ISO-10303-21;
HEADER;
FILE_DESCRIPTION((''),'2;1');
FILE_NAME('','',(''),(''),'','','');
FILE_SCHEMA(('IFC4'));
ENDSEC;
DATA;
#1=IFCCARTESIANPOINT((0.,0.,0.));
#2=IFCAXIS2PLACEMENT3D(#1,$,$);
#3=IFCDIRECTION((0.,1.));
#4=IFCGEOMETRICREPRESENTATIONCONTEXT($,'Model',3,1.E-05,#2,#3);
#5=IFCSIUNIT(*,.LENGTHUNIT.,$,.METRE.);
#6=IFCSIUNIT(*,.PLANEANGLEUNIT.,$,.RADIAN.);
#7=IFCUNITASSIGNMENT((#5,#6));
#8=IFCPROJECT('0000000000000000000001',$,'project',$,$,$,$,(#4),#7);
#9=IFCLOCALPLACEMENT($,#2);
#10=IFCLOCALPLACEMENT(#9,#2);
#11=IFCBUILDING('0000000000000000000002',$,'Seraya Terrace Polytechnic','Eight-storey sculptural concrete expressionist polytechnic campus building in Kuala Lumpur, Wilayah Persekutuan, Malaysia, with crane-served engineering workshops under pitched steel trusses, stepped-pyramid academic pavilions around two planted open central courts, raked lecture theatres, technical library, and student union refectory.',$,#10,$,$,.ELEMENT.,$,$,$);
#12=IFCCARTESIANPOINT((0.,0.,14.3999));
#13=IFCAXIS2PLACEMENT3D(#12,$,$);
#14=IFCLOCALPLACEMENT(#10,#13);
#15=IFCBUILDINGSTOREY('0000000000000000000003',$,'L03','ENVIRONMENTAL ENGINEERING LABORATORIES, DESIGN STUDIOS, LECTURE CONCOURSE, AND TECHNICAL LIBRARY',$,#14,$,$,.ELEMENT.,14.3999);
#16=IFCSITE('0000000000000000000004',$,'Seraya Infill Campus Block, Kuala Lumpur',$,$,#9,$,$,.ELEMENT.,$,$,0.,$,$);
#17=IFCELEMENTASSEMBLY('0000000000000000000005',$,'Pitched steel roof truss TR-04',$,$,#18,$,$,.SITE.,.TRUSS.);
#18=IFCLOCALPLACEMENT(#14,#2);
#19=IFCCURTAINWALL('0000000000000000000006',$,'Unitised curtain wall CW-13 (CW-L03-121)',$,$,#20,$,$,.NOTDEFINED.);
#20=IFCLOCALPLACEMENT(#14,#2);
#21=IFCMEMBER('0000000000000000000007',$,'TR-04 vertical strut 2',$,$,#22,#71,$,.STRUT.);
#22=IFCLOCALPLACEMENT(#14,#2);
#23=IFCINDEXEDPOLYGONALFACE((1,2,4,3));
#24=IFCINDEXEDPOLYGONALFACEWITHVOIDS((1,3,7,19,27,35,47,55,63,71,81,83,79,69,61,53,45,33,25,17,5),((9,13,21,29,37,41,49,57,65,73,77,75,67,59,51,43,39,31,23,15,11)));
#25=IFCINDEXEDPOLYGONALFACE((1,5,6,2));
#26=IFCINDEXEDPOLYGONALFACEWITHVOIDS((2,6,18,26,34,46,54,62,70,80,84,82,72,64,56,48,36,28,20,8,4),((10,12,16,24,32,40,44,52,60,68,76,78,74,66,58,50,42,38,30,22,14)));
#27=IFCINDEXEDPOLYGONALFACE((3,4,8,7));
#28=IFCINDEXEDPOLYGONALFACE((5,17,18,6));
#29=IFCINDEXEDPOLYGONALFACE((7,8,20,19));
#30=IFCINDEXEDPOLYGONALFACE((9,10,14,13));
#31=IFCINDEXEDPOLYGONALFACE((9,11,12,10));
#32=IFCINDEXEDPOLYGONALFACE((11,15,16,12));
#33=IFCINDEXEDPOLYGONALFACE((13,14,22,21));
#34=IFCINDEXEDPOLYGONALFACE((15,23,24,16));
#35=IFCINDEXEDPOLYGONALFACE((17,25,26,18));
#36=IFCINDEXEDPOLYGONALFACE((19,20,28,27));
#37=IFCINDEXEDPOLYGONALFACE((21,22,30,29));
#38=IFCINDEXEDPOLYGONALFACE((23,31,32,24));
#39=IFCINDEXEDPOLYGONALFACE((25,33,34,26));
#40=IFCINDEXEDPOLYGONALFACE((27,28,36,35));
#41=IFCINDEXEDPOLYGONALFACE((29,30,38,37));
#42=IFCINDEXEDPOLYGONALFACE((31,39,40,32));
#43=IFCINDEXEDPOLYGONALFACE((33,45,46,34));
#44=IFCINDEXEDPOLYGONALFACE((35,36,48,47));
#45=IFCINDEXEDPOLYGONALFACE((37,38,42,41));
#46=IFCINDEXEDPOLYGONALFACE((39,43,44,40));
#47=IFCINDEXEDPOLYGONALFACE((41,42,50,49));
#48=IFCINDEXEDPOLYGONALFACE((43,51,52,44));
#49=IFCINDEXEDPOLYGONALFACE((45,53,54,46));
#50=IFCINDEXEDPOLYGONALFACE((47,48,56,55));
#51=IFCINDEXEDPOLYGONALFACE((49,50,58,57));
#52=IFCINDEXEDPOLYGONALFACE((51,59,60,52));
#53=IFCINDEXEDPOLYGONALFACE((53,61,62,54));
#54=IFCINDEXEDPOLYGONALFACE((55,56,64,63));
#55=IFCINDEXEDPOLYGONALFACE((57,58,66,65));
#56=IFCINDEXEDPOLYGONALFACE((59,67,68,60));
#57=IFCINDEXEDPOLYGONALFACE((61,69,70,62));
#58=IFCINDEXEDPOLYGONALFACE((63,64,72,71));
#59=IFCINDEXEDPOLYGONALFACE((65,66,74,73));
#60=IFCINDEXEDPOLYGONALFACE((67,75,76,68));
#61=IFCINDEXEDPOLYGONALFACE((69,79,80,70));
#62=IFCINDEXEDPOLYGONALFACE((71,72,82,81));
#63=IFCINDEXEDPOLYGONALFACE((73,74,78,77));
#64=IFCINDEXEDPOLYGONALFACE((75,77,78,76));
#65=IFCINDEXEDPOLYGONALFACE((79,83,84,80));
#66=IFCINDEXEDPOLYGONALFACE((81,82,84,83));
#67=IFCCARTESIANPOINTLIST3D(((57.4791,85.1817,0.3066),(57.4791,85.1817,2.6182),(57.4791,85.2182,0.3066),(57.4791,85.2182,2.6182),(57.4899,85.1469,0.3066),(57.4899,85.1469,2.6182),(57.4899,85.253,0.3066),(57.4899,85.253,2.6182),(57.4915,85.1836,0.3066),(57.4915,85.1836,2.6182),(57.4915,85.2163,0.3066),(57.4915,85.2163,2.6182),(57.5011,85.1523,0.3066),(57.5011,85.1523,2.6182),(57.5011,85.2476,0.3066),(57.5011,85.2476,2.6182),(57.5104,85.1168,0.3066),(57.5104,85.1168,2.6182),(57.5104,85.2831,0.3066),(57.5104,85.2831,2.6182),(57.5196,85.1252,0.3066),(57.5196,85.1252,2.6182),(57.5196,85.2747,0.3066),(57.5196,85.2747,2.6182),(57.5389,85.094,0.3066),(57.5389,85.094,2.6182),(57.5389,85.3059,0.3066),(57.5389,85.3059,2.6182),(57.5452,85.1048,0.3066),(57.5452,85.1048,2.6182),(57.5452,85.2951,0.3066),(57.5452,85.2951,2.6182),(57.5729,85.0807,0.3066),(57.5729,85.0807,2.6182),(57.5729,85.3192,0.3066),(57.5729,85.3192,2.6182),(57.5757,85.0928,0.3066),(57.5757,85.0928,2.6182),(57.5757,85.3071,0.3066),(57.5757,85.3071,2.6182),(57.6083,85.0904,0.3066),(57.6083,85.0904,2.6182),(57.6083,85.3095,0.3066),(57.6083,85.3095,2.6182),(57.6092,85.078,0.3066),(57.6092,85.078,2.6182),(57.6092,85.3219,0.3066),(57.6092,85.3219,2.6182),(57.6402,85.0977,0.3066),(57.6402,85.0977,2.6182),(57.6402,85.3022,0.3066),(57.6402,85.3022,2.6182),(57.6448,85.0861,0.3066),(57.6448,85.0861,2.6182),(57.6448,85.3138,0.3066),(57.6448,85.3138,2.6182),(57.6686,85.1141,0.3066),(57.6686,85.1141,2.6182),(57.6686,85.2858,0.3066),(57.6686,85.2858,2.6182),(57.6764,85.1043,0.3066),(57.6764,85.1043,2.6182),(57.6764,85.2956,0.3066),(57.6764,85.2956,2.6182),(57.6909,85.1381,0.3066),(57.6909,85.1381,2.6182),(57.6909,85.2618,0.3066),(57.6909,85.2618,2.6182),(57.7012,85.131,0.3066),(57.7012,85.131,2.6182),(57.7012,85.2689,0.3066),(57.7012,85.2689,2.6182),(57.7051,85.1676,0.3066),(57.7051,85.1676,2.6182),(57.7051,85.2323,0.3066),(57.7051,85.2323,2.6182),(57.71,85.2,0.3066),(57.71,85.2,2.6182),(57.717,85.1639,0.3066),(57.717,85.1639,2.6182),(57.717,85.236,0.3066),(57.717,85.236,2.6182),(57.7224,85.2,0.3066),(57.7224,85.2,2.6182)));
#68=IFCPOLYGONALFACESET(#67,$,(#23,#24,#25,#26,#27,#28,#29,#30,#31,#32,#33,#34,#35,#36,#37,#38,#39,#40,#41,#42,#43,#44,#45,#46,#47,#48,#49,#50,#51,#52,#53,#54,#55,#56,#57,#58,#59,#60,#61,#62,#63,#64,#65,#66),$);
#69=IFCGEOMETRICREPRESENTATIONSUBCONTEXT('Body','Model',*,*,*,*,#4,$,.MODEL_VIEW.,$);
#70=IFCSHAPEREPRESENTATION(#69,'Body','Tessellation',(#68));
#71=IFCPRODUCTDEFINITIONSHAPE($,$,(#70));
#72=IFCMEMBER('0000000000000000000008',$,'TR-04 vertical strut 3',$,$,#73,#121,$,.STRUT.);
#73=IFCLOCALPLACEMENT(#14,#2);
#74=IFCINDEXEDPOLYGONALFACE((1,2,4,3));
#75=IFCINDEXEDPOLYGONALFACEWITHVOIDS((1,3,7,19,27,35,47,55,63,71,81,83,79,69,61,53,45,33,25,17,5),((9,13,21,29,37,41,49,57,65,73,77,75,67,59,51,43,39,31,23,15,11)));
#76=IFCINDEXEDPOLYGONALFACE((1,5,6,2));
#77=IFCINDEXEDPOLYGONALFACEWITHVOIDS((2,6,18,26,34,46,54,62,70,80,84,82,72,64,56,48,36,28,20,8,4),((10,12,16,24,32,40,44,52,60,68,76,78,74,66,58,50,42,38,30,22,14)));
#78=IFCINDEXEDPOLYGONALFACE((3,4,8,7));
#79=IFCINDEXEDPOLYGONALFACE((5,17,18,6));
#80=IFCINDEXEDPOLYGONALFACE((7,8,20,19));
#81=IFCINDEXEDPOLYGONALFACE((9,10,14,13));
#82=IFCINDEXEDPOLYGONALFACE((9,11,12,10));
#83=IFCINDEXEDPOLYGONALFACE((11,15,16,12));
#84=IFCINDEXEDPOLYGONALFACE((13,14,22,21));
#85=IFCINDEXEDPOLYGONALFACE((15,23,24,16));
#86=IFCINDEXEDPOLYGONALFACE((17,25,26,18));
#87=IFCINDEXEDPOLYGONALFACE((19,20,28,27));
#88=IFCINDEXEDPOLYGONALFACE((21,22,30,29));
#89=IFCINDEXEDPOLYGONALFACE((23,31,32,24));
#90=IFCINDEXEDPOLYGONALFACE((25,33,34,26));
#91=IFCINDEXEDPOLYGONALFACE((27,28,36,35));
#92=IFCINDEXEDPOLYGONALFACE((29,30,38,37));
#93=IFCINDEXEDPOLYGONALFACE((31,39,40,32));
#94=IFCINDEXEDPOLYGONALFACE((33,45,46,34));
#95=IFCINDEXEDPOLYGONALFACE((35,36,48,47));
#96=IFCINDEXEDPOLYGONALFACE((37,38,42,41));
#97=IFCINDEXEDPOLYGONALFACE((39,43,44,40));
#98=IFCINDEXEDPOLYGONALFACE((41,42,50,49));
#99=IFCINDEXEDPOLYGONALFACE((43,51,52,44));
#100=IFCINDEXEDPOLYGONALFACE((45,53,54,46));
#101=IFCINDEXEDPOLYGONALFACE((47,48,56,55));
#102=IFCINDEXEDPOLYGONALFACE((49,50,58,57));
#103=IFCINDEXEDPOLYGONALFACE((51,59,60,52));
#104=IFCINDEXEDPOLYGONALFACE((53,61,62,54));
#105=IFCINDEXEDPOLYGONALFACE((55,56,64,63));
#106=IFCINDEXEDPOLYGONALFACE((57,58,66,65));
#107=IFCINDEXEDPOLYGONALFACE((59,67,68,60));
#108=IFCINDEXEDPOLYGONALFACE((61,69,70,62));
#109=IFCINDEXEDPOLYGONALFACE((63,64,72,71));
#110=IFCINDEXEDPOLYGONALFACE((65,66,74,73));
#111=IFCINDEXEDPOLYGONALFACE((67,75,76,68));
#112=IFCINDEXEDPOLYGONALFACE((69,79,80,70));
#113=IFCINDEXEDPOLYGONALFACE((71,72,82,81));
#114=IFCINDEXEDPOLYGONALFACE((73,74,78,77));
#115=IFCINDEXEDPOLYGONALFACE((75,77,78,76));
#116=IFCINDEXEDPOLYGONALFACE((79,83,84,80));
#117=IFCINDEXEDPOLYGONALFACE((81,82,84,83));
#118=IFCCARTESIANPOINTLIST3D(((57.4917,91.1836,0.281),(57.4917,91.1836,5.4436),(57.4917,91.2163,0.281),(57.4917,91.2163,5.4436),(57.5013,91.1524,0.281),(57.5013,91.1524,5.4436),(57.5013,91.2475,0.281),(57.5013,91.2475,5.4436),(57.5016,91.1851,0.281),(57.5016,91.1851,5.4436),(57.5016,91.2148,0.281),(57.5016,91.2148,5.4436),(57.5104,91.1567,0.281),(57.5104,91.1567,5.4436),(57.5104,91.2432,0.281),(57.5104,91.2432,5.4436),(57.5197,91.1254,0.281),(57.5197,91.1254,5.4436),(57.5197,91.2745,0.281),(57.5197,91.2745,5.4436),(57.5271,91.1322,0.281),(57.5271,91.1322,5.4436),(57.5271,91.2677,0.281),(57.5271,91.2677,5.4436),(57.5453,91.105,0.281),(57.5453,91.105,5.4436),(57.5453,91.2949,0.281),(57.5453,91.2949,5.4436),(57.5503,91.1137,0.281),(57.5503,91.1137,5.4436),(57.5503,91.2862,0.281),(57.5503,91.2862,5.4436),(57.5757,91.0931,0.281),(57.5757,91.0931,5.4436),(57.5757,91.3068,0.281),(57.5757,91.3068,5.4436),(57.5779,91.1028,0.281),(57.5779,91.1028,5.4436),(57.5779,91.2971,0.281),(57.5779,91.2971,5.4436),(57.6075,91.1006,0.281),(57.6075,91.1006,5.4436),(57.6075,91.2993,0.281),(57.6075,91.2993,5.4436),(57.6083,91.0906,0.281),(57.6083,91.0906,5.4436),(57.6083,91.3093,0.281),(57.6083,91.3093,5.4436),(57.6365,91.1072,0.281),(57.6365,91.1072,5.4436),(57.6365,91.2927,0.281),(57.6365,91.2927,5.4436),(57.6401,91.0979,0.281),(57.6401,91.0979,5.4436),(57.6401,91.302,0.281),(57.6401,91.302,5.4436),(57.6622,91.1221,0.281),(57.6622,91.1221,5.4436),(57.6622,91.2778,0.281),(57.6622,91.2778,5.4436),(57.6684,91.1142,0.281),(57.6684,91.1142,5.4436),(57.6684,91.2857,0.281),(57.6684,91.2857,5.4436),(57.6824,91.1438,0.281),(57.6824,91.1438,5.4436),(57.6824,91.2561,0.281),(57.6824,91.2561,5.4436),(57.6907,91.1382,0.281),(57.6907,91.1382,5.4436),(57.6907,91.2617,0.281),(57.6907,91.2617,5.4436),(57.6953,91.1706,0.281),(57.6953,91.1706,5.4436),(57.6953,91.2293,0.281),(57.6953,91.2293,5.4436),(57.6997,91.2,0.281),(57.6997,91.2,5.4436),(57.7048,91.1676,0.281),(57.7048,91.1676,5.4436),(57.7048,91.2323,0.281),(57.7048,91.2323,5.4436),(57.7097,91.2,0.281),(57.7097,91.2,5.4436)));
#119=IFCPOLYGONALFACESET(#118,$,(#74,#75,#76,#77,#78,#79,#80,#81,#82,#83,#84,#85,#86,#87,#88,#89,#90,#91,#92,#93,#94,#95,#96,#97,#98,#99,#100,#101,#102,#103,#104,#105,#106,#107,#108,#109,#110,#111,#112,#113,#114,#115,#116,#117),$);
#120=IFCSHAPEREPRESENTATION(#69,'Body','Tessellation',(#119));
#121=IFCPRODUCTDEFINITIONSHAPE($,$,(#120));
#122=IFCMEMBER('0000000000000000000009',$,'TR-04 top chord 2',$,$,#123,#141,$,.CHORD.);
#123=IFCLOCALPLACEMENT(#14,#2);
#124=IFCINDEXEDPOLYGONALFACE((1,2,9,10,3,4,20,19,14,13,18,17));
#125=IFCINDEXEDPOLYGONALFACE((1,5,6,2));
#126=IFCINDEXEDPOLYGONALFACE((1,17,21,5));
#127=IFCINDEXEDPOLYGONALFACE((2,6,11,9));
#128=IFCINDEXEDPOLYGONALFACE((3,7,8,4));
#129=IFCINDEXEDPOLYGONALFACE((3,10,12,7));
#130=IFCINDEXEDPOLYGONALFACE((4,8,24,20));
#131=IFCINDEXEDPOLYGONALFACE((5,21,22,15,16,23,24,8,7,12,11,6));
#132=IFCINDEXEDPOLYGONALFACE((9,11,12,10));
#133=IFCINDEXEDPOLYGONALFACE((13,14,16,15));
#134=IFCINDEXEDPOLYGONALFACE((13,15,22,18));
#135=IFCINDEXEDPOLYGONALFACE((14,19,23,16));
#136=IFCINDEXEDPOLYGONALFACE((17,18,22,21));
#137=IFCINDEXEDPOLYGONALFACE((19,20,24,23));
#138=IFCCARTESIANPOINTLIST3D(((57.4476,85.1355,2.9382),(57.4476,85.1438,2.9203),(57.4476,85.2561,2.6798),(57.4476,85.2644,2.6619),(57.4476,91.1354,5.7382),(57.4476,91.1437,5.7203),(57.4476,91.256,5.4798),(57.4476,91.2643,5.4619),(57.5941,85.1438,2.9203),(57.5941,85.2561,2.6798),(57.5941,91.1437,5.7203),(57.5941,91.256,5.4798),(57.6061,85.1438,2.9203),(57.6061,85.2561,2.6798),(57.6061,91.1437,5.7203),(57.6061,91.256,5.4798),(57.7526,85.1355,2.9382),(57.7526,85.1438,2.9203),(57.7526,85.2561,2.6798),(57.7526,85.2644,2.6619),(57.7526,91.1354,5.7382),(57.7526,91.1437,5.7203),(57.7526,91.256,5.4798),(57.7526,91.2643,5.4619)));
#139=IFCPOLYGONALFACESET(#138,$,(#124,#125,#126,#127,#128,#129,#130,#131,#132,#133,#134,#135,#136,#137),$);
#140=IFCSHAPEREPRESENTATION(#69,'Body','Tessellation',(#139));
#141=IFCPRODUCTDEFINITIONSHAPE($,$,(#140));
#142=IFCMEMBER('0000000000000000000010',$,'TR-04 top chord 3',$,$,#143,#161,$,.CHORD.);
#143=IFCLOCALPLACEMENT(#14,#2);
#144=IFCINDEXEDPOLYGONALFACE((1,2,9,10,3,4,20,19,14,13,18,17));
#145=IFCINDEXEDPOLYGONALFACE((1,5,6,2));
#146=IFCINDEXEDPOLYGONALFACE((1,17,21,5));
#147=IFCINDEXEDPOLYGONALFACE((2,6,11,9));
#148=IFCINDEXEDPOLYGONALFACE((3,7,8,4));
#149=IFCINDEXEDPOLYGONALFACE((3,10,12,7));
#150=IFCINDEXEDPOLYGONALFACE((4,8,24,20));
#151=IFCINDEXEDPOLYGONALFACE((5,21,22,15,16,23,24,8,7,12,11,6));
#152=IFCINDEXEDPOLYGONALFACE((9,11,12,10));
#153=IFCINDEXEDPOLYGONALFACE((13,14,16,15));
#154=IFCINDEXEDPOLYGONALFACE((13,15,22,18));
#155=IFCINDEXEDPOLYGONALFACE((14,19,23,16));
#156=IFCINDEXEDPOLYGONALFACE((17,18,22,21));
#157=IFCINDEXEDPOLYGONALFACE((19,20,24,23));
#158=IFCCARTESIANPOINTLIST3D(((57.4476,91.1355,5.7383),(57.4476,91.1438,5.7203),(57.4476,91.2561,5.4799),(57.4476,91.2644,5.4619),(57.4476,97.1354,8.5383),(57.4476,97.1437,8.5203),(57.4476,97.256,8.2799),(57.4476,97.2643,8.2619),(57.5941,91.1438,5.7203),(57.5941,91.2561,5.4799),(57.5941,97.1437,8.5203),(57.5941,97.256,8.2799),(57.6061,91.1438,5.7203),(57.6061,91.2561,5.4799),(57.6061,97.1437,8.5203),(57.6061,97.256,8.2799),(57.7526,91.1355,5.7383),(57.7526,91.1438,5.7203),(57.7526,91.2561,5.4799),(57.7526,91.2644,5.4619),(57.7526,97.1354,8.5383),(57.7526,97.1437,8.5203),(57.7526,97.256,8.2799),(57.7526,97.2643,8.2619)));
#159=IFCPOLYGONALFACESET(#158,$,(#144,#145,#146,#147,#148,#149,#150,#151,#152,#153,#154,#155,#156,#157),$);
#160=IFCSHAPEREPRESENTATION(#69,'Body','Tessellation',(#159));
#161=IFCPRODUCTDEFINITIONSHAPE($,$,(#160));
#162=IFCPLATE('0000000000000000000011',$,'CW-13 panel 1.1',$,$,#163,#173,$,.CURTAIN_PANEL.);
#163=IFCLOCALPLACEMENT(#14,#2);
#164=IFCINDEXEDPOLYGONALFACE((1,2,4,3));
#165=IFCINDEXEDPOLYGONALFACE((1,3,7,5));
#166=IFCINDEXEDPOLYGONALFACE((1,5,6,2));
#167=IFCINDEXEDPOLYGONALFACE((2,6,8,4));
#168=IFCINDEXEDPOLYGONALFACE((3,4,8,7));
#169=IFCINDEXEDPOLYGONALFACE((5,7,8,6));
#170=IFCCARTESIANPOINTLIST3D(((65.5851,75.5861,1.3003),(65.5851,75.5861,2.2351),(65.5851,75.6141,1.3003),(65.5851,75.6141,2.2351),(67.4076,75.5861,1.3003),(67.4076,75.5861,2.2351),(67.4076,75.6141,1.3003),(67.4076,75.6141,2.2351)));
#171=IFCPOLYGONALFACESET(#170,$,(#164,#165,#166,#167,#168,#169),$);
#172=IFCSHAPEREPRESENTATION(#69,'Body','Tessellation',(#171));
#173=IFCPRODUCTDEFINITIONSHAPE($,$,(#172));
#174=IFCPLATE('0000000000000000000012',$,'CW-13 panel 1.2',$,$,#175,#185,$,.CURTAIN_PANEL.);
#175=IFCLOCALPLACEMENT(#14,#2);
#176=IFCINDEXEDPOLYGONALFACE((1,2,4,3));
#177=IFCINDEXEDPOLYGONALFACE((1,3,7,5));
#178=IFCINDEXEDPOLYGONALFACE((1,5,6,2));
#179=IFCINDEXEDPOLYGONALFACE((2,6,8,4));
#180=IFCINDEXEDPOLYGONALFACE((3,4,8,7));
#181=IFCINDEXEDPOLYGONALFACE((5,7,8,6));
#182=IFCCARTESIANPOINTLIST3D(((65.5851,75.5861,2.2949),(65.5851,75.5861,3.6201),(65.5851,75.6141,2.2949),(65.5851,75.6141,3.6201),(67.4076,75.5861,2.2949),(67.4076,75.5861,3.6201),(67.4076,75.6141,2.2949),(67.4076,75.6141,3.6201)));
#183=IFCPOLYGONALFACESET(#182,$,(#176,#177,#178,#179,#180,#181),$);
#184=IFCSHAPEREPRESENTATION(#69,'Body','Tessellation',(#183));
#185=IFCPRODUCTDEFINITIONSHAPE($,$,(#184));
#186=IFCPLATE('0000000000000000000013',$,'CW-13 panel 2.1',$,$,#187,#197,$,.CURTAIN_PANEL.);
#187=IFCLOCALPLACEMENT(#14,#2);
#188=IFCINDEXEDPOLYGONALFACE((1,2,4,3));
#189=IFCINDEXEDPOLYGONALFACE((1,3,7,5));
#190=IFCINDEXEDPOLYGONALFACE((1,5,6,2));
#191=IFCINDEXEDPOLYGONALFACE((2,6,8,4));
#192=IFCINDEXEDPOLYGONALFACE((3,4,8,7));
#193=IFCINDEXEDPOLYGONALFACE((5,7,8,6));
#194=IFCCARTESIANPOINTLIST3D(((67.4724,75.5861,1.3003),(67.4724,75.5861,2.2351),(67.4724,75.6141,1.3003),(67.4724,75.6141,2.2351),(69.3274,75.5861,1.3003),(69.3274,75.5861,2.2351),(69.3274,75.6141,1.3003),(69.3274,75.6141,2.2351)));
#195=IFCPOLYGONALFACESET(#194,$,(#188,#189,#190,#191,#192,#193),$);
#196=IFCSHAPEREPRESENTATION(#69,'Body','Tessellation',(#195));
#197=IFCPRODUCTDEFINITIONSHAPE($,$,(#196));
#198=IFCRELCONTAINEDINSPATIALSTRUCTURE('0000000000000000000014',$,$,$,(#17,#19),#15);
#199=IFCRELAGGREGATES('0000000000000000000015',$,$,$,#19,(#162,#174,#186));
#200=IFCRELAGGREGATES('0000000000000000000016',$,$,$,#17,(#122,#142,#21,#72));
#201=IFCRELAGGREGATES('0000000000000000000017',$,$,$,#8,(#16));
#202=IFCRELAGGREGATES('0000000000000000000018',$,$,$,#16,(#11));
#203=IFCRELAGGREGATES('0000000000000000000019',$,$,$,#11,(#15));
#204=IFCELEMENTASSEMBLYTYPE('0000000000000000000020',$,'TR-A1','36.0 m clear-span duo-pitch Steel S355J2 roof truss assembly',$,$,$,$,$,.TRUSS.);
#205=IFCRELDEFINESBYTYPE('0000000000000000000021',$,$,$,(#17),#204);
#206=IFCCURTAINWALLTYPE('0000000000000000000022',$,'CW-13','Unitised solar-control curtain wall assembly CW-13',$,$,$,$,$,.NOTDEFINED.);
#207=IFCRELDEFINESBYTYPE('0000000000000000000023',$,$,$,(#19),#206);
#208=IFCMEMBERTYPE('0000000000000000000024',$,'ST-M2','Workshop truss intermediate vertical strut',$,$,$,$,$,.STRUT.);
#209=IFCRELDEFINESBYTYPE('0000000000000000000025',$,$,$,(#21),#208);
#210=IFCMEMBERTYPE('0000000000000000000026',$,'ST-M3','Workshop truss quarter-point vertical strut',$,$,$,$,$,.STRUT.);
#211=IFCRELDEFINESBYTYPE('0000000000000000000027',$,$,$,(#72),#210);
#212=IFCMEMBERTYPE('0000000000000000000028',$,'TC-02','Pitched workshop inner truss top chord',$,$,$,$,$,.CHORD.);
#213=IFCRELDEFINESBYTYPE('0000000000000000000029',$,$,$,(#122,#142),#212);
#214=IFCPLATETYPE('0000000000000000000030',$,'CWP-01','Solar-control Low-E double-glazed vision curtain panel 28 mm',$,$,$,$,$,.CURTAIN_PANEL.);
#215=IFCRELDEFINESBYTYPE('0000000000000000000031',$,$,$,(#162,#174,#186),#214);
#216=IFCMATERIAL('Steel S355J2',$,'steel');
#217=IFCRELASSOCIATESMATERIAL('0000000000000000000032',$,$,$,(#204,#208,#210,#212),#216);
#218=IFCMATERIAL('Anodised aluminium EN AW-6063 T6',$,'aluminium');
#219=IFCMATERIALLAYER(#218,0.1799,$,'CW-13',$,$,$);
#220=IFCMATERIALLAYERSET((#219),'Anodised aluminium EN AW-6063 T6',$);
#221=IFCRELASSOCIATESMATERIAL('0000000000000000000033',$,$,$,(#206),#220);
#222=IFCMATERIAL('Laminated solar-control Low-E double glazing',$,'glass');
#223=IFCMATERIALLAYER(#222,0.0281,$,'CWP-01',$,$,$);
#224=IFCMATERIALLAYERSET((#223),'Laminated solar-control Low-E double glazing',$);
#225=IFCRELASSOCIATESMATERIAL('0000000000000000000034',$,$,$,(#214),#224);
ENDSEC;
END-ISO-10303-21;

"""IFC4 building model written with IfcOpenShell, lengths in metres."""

from ifc_helpers import new_model, si_unit, direction, frame, origin, origin_2d, place, context, subcontext, project, spatial, rectangle, hollow_circle, i_section, extrude, material, layer, layer_set, material_profile, profile_set, type_object, element, aggregate, save


model = new_model("IFC4")

# Units and contexts
model_context = context("Model", 3, precision=1e-05, world=origin(), true_north=direction((0.0, 1.0)))
body_context = subcontext(model_context, "Body", "Model", "MODEL_VIEW")
ifc_project = project(units=[si_unit("LENGTHUNIT", "METRE"), si_unit("PLANEANGLEUNIT", "RADIAN")], contexts=[model_context])

# Site, building, storey
site_placement = place(None, origin())
site = spatial("IfcSite", under=ifc_project, at=site_placement, Name="Seraya Infill Campus Block, Kuala Lumpur", CompositionType="ELEMENT", RefElevation=0.0)
building_placement = place(site_placement, origin())
building = spatial("IfcBuilding", under=site, at=building_placement, Name="Seraya Terrace Polytechnic", Description="Eight-storey sculptural concrete expressionist polytechnic campus building in Kuala Lumpur, Wilayah Persekutuan, Malaysia, with crane-served engineering workshops under pitched steel trusses, stepped-pyramid academic pavilions around two planted open central courts, raked lecture theatres, technical library, and student union refectory.", CompositionType="ELEMENT")
storey_placement = place(building_placement, frame((0.0, 0.0, 14.3999)))
storey = spatial("IfcBuildingStorey", under=building, at=storey_placement, Name="L03", Description="ENVIRONMENTAL ENGINEERING LABORATORIES, DESIGN STUDIOS, LECTURE CONCOURSE, AND TECHNICAL LIBRARY", CompositionType="ELEMENT", Elevation=14.3999)

# Element assembly
ifc_material_1 = material(Name="Steel S355J2", Category="steel")
element_assembly_type = type_object("IfcElementAssemblyType", Name="TR-A1", Description="36.0 m clear-span duo-pitch Steel S355J2 roof truss assembly", PredefinedType="TRUSS", material=ifc_material_1)
assembly_placement = place(storey_placement, origin())
assembly = element("IfcElementAssembly", 1, at=assembly_placement, inside=storey, type_object=element_assembly_type, Name="Pitched steel roof truss TR-04", AssemblyPlace="SITE", PredefinedType="TRUSS")

# Curtain wall
ifc_material_2 = material(Name="Anodised aluminium EN AW-6063 T6", Category="aluminium")
ifc_layer_1 = layer(ifc_material_2, 0.1799, Name="CW-13")
ifc_layer_set_1 = layer_set([ifc_layer_1], Name="Anodised aluminium EN AW-6063 T6")
curtain_wall_type = type_object("IfcCurtainWallType", Name="CW-13", Description="Unitised solar-control curtain wall assembly CW-13", PredefinedType="NOTDEFINED", material=ifc_layer_set_1)
curtain_wall_placement = place(storey_placement, origin())
curtain_wall = element("IfcCurtainWall", 2, at=curtain_wall_placement, inside=storey, type_object=curtain_wall_type, Name="Unitised curtain wall CW-13 (CW-L03-121)", PredefinedType="NOTDEFINED")

# Members
ifc_material_profile_1 = material_profile(ifc_material_1, hollow_circle(Radius=0.1223, WallThickness=0.0125, at=origin_2d()), Name="CHS 244.5x12.5")
ifc_profile_set_1 = profile_set([ifc_material_profile_1], Name="Steel S355J2")
member_type_1 = type_object("IfcMemberType", Name="ST-M2", Description="Workshop truss intermediate vertical strut", PredefinedType="STRUT", material=ifc_profile_set_1)
member_1_placement = place(storey_placement, frame((57.6001, 85.2, 0.3066), z_axis=(0.0, 0.0, 1.0), x_axis=(1.0, 0.0, 0.0)))
member_1 = element("IfcMember", 3, at=member_1_placement, type_object=member_type_1, Name="TR-04 vertical strut 2", PredefinedType="STRUT", context=body_context, shape_type="SweptSolid", body=[
    extrude(hollow_circle(Radius=0.1223, WallThickness=0.0125, at=origin_2d()), origin(), (0.0, 0.0, 1.0), 2.3115),
])
ifc_material_profile_2 = material_profile(ifc_material_1, hollow_circle(Radius=0.1096, WallThickness=0.01, at=origin_2d()), Name="CHS 219.1x10.0")
ifc_profile_set_2 = profile_set([ifc_material_profile_2], Name="Steel S355J2")
member_type_2 = type_object("IfcMemberType", Name="ST-M3", Description="Workshop truss quarter-point vertical strut", PredefinedType="STRUT", material=ifc_profile_set_2)
member_2_placement = place(storey_placement, frame((57.6001, 91.2, 0.281), z_axis=(0.0, 0.0, 1.0), x_axis=(1.0, 0.0, 0.0)))
member_2 = element("IfcMember", 4, at=member_2_placement, type_object=member_type_2, Name="TR-04 vertical strut 3", PredefinedType="STRUT", context=body_context, shape_type="SweptSolid", body=[
    extrude(hollow_circle(Radius=0.1096, WallThickness=0.01, at=origin_2d()), origin(), (0.0, 0.0, 1.0), 5.1626),
])
ifc_material_profile_3 = material_profile(ifc_material_1, i_section(OverallWidth=0.3049, OverallDepth=0.3049, WebThickness=0.012, FlangeThickness=0.0198, at=origin_2d()), Name="UKC 305x305x12.0x19.7")
ifc_profile_set_3 = profile_set([ifc_material_profile_3], Name="Steel S355J2")
member_type_3 = type_object("IfcMemberType", Name="TC-02", Description="Pitched workshop inner truss top chord", PredefinedType="CHORD", material=ifc_profile_set_3)
member_3_placement = place(storey_placement, frame((57.6001, 85.2, 2.8), z_axis=(0.0, 0.90618, 0.422892), x_axis=(-1.0, 0.0, 0.0)))
member_3 = element("IfcMember", 5, at=member_3_placement, type_object=member_type_3, Name="TR-04 top chord 2", PredefinedType="CHORD", context=body_context, shape_type="SweptSolid", body=[
    extrude(i_section(OverallWidth=0.3049, OverallDepth=0.3049, WebThickness=0.012, FlangeThickness=0.0198, at=origin_2d()), origin(), (0.0, 0.0, 1.0), 6.6211),
])
member_4_placement = place(storey_placement, frame((57.6001, 91.2, 5.6001), z_axis=(0.0, 0.90618, 0.422892), x_axis=(-1.0, 0.0, 0.0)))
member_4 = element("IfcMember", 6, at=member_4_placement, type_object=member_type_3, Name="TR-04 top chord 3", PredefinedType="CHORD", context=body_context, shape_type="SweptSolid", body=[
    extrude(i_section(OverallWidth=0.3049, OverallDepth=0.3049, WebThickness=0.012, FlangeThickness=0.0198, at=origin_2d()), origin(), (0.0, 0.0, 1.0), 6.6211),
])

# Plates
ifc_material_3 = material(Name="Laminated solar-control Low-E double glazing", Category="glass")
ifc_layer_2 = layer(ifc_material_3, 0.0281, Name="CWP-01")
ifc_layer_set_2 = layer_set([ifc_layer_2], Name="Laminated solar-control Low-E double glazing")
plate_type_1 = type_object("IfcPlateType", Name="CWP-01", Description="Solar-control Low-E double-glazed vision curtain panel 28 mm", PredefinedType="CURTAIN_PANEL", material=ifc_layer_set_2)
plate_1_placement = place(storey_placement, frame((66.4963, 75.6001, 1.3003), z_axis=(0.0, 0.0, 1.0), x_axis=(1.0, 0.0, 0.0)))
plate_1 = element("IfcPlate", 7, at=plate_1_placement, type_object=plate_type_1, Name="CW-13 panel 1.1", PredefinedType="CURTAIN_PANEL", context=body_context, shape_type="SweptSolid", body=[
    extrude(rectangle(XDim=1.8225, YDim=0.0281, at=origin_2d()), origin(), (0.0, 0.0, 1.0), 0.9348),
])
plate_2_placement = place(storey_placement, frame((66.4963, 75.6001, 2.2949), z_axis=(0.0, 0.0, 1.0), x_axis=(1.0, 0.0, 0.0)))
plate_2 = element("IfcPlate", 8, at=plate_2_placement, type_object=plate_type_1, Name="CW-13 panel 1.2", PredefinedType="CURTAIN_PANEL", context=body_context, shape_type="SweptSolid", body=[
    extrude(rectangle(XDim=1.8225, YDim=0.0281, at=origin_2d()), origin(), (0.0, 0.0, 1.0), 1.3252),
])
plate_3_placement = place(storey_placement, frame((68.3999, 75.6001, 1.3003), z_axis=(0.0, 0.0, 1.0), x_axis=(1.0, 0.0, 0.0)))
plate_3 = element("IfcPlate", 9, at=plate_3_placement, type_object=plate_type_1, Name="CW-13 panel 2.1", PredefinedType="CURTAIN_PANEL", context=body_context, shape_type="SweptSolid", body=[
    extrude(rectangle(XDim=1.855, YDim=0.0281, at=origin_2d()), origin(), (0.0, 0.0, 1.0), 0.9348),
])
aggregate(curtain_wall, [plate_1, plate_2, plate_3])
aggregate(assembly, [member_3, member_4, member_1, member_2])

save(model, "model.ifc")
